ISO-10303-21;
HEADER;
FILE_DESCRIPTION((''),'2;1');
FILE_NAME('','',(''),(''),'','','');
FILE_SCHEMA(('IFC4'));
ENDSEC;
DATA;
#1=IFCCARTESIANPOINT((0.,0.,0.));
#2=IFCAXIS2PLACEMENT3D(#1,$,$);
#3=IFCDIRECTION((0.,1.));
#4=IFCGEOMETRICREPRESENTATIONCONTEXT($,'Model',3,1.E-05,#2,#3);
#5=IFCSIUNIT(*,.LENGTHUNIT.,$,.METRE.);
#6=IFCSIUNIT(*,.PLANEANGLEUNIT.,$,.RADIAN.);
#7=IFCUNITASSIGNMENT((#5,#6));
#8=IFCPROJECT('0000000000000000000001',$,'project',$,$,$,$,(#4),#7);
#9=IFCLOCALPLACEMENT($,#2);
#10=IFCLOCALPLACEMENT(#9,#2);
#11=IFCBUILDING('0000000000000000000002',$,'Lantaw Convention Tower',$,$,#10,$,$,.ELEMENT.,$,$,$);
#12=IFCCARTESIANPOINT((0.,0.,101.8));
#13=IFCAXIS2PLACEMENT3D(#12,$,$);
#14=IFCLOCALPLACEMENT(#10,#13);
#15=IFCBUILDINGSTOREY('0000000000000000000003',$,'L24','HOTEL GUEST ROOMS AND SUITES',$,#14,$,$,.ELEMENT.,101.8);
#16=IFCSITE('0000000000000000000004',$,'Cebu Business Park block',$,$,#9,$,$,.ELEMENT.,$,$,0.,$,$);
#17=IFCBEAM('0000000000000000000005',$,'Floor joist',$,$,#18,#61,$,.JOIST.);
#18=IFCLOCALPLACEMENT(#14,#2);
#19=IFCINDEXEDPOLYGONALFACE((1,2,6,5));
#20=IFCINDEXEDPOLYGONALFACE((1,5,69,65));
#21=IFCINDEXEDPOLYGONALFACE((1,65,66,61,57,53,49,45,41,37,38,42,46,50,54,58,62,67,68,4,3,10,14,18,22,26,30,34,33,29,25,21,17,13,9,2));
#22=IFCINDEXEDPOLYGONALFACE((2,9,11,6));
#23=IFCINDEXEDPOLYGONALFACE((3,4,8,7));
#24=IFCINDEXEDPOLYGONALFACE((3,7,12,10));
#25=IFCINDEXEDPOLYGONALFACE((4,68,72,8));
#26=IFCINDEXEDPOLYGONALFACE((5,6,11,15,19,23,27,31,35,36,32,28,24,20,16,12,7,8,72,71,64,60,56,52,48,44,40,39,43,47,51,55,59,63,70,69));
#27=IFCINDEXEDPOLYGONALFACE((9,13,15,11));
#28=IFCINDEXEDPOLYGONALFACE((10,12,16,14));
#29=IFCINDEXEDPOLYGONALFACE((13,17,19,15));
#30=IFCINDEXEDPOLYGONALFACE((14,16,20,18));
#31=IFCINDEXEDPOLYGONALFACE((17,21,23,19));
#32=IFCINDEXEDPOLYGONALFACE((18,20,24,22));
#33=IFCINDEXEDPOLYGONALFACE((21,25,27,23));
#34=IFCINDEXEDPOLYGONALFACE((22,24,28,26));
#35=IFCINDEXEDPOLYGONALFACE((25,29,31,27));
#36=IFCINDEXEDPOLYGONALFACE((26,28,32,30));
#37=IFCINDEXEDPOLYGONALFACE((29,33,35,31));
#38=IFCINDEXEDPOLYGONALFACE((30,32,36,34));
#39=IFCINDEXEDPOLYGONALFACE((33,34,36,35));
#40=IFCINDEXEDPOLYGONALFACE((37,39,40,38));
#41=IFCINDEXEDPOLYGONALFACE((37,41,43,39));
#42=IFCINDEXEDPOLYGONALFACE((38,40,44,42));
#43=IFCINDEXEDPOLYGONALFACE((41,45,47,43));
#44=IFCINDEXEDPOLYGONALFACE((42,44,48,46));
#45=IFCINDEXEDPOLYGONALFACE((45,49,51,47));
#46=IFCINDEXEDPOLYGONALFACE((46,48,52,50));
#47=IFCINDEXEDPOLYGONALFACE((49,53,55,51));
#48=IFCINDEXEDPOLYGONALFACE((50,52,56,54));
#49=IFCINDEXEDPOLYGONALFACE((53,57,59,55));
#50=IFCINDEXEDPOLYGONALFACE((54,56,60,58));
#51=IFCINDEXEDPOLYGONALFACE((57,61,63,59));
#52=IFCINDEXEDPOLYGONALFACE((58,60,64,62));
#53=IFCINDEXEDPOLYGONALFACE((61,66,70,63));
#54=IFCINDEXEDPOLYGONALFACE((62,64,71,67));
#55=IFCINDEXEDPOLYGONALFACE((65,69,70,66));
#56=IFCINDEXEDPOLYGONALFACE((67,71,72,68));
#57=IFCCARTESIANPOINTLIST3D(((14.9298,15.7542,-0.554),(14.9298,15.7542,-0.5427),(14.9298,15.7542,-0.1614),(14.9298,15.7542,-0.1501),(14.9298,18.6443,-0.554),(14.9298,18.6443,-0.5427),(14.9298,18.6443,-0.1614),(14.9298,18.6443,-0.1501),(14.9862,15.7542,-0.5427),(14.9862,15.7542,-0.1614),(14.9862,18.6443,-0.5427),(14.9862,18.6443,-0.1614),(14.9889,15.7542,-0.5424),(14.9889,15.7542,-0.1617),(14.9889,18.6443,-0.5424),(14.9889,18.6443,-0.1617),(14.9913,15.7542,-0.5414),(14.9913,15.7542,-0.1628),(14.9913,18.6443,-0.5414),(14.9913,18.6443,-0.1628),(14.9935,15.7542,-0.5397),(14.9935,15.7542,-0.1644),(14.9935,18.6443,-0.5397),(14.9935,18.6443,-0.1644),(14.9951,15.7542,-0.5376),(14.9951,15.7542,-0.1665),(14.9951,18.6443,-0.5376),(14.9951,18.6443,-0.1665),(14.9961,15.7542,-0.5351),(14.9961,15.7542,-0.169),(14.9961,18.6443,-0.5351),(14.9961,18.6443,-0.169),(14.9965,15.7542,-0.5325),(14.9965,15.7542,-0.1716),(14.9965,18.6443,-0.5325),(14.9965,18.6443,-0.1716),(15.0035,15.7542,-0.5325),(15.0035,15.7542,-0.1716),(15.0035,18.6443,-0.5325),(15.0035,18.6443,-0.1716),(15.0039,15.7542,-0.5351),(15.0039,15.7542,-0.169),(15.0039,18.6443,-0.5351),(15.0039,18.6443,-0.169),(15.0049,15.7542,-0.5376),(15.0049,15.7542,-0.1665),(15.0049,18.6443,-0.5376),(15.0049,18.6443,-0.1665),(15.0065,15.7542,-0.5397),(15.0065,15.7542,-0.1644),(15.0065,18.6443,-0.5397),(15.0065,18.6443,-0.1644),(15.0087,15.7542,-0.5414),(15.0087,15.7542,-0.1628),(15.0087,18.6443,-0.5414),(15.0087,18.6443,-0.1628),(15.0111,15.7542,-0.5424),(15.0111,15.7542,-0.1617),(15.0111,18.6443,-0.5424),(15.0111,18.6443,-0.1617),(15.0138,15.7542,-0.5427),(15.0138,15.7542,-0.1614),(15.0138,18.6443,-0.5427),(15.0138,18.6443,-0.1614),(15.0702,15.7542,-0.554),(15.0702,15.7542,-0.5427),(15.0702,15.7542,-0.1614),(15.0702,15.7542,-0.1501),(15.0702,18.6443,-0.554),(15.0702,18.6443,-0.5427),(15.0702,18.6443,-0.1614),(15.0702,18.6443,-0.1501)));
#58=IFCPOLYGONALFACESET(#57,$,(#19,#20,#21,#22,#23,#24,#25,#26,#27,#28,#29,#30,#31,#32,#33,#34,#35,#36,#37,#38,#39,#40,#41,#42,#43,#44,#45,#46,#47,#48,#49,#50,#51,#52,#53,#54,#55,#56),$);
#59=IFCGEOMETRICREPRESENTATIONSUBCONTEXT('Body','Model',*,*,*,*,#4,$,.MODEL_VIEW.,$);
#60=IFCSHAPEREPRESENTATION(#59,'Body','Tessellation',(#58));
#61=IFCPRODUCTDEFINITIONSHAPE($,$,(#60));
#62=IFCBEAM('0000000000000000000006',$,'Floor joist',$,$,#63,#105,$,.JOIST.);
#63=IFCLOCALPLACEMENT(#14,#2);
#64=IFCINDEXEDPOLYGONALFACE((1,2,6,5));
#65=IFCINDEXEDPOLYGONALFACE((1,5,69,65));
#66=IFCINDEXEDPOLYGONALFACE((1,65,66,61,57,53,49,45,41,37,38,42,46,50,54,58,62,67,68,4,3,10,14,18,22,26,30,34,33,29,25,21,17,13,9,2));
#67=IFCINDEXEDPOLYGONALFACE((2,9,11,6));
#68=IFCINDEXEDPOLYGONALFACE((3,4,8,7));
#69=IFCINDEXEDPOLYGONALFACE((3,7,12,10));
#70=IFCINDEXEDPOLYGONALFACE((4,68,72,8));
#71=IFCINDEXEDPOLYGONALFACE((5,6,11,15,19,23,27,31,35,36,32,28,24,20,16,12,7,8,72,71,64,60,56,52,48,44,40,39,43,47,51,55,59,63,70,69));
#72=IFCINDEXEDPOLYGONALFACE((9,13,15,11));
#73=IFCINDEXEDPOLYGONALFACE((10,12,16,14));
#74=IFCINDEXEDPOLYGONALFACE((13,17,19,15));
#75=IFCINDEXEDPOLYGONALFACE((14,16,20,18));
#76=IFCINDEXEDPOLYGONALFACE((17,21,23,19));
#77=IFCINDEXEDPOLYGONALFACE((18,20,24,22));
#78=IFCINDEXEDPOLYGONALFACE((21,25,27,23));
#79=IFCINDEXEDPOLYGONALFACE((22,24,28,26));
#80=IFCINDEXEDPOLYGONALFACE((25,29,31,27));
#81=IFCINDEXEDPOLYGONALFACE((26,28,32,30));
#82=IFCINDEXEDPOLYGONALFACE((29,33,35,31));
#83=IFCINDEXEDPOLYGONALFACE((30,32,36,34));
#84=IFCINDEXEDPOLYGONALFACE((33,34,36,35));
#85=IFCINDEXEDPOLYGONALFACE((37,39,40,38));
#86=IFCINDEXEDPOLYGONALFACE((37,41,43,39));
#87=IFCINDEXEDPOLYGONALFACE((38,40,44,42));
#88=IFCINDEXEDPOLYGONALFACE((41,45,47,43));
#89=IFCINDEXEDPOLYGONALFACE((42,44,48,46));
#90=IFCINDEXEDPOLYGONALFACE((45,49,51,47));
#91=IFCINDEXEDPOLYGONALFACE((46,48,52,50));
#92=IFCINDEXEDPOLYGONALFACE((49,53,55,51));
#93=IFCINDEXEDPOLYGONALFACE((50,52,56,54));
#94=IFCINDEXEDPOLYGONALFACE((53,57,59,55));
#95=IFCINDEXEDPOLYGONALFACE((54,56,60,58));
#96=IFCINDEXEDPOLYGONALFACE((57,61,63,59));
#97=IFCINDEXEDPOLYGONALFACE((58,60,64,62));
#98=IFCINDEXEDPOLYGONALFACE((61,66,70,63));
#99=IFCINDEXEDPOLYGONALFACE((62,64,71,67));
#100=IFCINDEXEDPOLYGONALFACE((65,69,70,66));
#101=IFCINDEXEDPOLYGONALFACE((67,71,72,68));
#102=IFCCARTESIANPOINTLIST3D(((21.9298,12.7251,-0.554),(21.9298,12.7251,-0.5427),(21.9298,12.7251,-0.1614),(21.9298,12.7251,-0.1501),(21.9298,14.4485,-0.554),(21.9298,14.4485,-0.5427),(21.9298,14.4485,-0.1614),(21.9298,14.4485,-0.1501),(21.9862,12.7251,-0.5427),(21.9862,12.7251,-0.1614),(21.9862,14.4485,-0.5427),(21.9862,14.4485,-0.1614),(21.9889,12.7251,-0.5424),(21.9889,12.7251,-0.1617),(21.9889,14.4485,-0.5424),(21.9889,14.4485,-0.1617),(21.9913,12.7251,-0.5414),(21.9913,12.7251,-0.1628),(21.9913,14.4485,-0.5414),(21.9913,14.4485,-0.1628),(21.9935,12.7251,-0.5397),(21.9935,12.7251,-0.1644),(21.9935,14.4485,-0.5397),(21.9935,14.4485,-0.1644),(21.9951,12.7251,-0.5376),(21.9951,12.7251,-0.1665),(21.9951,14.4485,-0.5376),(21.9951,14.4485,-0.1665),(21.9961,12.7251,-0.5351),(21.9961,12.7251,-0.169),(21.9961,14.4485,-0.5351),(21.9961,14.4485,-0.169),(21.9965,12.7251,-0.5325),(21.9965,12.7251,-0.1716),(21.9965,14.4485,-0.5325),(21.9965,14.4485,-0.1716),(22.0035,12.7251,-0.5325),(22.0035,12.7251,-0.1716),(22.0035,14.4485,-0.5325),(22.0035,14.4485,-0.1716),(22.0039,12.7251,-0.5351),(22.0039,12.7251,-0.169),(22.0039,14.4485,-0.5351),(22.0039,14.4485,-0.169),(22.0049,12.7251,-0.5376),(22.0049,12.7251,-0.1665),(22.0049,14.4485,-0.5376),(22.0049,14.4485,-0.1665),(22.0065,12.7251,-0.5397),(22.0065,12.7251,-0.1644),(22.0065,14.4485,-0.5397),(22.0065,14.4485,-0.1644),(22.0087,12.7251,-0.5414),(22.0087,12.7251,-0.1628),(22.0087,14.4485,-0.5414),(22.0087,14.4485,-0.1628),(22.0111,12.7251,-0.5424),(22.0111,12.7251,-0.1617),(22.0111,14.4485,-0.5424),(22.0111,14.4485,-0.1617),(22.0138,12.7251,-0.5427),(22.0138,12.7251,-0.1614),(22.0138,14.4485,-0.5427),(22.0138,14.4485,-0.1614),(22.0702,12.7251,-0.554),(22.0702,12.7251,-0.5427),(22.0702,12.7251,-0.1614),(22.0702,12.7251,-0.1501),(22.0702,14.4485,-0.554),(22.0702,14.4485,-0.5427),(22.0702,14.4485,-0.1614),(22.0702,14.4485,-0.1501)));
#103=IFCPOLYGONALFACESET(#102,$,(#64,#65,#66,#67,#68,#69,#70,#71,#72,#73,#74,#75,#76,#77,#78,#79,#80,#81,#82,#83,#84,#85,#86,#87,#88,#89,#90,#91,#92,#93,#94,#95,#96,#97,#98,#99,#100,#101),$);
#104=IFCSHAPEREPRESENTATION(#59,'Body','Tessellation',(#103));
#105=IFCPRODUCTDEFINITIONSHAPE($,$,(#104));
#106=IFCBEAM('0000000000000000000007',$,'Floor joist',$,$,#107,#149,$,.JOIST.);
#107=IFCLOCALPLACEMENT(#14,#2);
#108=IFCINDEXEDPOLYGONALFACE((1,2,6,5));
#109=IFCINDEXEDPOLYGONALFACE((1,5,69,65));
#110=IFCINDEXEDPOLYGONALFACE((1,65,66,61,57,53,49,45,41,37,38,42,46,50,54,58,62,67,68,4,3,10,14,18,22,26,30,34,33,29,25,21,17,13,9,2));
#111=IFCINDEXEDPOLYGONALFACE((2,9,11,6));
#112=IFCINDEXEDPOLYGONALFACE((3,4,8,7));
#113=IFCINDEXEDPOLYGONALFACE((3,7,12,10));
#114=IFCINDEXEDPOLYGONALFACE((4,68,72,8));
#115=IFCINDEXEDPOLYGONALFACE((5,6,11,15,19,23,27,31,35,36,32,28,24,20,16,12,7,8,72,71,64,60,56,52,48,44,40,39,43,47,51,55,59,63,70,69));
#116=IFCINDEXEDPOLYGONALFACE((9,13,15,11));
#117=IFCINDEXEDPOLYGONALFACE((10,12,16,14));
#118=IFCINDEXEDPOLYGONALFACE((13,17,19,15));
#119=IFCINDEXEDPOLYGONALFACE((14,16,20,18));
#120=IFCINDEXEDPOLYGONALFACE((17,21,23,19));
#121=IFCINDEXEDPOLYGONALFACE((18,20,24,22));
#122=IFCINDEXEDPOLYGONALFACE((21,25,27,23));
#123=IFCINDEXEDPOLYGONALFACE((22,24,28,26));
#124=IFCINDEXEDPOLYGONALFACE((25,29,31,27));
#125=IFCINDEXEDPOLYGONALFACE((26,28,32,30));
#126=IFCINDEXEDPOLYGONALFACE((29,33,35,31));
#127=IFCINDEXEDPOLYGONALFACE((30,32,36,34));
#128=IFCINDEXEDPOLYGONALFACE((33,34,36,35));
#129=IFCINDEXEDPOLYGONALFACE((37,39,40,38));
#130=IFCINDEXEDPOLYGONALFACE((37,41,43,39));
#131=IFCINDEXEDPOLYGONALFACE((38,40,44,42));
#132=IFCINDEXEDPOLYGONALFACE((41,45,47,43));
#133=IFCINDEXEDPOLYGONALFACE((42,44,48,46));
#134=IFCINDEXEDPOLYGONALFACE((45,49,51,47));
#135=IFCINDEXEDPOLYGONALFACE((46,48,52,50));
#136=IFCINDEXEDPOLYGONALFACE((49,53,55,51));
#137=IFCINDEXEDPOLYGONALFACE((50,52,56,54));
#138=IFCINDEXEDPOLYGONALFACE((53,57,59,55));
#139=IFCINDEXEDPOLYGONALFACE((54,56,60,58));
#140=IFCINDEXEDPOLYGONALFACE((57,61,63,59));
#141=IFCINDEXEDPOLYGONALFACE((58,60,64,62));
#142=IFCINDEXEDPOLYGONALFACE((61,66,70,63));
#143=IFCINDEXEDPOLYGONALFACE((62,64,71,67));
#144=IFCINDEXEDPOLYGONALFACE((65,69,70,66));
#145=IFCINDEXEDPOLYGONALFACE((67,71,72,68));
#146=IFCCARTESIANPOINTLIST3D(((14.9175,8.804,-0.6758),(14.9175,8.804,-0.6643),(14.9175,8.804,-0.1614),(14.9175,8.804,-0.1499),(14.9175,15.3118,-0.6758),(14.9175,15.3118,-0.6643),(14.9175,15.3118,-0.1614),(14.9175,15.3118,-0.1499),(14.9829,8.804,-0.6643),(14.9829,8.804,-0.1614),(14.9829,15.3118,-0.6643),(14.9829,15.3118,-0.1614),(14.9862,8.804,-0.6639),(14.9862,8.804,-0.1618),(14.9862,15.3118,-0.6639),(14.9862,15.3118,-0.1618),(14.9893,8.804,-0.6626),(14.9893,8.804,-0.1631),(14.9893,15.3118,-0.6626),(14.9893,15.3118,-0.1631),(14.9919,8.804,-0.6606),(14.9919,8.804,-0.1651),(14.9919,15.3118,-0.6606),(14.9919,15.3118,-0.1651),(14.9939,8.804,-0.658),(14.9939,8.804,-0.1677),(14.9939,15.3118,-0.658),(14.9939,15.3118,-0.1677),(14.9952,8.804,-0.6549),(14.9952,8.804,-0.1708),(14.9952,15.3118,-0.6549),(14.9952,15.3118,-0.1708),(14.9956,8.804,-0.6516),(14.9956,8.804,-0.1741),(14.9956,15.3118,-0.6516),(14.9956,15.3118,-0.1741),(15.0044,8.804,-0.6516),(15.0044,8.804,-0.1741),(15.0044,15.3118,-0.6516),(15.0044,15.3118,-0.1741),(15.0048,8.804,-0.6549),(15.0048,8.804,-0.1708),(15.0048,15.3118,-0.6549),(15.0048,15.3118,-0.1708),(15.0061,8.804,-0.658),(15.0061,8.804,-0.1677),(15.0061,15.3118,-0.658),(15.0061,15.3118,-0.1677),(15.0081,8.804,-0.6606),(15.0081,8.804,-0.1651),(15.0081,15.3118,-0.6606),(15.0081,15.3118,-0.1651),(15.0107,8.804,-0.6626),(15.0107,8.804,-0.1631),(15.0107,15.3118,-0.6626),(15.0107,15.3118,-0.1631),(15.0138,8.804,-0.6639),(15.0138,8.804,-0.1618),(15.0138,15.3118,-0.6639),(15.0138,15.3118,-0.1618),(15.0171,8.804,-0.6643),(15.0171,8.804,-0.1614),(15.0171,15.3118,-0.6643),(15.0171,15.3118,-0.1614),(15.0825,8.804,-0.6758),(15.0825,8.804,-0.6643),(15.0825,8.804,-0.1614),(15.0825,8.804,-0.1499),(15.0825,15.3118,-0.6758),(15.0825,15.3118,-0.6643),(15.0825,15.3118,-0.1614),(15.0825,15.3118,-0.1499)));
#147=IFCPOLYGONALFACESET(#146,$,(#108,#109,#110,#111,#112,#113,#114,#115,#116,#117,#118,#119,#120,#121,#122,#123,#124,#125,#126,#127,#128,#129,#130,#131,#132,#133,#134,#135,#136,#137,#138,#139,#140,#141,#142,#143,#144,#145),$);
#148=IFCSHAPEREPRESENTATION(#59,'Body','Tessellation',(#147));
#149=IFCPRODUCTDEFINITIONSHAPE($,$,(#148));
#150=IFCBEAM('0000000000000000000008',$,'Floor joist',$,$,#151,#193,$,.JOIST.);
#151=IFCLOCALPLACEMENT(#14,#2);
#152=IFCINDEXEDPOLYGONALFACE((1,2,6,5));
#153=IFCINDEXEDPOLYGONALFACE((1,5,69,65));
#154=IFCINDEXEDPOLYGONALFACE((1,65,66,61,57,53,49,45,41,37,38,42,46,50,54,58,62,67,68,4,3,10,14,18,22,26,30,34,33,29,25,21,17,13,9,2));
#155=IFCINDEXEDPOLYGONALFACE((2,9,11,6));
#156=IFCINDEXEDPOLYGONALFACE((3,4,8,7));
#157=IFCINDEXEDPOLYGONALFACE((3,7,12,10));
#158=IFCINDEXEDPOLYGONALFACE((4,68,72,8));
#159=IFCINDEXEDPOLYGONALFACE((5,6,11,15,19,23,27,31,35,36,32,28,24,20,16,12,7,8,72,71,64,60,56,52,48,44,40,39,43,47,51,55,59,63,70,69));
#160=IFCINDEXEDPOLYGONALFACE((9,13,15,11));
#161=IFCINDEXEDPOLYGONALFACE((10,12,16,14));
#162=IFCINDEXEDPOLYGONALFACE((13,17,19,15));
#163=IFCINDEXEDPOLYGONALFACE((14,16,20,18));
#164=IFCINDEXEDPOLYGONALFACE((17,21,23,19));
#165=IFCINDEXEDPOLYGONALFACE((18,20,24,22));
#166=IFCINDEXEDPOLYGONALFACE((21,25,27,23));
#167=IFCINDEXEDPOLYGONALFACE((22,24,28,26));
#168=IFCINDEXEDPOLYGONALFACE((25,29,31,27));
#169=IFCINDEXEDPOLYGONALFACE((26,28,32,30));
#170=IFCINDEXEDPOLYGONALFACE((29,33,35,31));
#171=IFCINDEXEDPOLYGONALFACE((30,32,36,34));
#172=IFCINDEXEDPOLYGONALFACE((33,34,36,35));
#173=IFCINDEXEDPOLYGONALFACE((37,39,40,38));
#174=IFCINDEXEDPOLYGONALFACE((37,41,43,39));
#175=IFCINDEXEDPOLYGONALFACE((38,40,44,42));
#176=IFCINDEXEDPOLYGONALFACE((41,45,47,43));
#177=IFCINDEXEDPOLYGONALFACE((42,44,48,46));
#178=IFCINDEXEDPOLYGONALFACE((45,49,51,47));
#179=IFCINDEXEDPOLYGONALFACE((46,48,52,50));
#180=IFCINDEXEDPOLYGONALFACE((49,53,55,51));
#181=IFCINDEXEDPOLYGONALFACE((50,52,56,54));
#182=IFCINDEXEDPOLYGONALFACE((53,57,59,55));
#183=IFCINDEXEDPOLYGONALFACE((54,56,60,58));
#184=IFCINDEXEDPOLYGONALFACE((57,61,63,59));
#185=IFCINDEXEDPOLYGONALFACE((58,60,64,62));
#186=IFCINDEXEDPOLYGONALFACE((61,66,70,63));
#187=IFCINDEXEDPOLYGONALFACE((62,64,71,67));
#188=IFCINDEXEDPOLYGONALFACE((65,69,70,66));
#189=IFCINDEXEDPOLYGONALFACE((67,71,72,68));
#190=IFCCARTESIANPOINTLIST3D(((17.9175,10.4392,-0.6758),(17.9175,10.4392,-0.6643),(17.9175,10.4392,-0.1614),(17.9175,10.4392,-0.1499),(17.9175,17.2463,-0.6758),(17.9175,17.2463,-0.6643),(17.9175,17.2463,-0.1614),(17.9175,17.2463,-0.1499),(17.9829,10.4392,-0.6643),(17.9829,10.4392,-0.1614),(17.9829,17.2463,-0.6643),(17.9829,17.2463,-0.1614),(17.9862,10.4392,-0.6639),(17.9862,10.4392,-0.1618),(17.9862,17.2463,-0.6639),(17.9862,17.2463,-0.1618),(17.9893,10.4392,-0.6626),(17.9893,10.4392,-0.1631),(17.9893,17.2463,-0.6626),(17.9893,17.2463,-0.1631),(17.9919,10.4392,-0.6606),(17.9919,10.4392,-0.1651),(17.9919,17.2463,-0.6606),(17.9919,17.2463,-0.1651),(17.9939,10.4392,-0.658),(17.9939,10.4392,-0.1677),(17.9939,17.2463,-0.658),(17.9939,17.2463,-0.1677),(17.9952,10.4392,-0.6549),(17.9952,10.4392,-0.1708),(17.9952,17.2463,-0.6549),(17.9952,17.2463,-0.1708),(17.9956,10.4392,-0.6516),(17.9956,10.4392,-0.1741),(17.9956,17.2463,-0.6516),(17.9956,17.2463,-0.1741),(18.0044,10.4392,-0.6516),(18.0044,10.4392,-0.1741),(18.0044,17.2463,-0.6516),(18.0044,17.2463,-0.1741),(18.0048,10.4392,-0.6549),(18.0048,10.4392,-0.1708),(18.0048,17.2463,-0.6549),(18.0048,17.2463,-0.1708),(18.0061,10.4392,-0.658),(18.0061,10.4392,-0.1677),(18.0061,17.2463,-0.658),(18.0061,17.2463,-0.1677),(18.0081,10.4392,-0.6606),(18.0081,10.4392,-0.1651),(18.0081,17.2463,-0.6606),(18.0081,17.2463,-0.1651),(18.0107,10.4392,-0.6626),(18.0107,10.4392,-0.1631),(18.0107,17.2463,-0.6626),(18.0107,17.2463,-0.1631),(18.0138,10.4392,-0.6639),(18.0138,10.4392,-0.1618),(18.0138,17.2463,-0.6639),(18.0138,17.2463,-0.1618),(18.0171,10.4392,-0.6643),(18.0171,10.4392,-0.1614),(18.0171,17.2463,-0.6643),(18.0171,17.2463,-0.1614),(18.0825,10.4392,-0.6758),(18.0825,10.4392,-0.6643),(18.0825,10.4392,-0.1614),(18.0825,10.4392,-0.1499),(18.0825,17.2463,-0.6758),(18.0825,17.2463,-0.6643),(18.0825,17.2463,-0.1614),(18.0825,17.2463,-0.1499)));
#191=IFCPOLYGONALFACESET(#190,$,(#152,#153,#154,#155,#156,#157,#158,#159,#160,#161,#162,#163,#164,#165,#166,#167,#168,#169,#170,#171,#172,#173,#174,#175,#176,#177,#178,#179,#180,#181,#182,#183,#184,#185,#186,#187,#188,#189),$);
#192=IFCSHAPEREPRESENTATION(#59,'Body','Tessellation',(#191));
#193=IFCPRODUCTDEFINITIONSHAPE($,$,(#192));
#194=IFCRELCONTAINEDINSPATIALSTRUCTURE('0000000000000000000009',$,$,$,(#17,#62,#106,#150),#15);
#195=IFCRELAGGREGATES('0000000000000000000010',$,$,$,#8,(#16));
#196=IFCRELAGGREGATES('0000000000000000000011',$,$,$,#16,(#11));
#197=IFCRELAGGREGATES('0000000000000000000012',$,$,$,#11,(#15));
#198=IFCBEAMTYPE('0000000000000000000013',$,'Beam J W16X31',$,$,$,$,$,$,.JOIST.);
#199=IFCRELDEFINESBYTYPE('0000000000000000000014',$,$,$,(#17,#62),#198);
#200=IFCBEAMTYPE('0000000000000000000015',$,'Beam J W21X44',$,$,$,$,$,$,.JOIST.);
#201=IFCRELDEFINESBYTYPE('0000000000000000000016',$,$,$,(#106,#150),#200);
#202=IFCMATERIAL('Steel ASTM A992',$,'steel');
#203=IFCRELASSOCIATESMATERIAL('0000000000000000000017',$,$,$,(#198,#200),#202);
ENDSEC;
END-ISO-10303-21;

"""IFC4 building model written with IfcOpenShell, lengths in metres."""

from ifc_helpers import new_model, si_unit, direction, frame, origin, origin_2d, place, context, subcontext, project, spatial, i_section, extrude, material, material_profile, profile_set, type_object, element, save


model = new_model("IFC4")

# Units and contexts
model_context = context("Model", 3, precision=1e-05, world=origin(), true_north=direction((0.0, 1.0)))
body_context = subcontext(model_context, "Body", "Model", "MODEL_VIEW")
ifc_project = project(units=[si_unit("LENGTHUNIT", "METRE"), si_unit("PLANEANGLEUNIT", "RADIAN")], contexts=[model_context])

# Site, building, storey
site_placement = place(None, origin())
site = spatial("IfcSite", under=ifc_project, at=site_placement, Name="Cebu Business Park block", CompositionType="ELEMENT", RefElevation=0.0)
building_placement = place(site_placement, origin())
building = spatial("IfcBuilding", under=site, at=building_placement, Name="Lantaw Convention Tower", CompositionType="ELEMENT")
storey_placement = place(building_placement, frame((0.0, 0.0, 101.8)))
storey = spatial("IfcBuildingStorey", under=building, at=storey_placement, Name="L24", Description="HOTEL GUEST ROOMS AND SUITES", CompositionType="ELEMENT", Elevation=101.8)

# Beams
ifc_material_1 = material(Name="Steel ASTM A992", Category="steel")
ifc_material_profile_1 = material_profile(ifc_material_1, i_section(OverallWidth=0.1404, OverallDepth=0.4038, WebThickness=0.0071, FlangeThickness=0.0112, FilletRadius=0.0103, at=origin_2d()), Name="W16X31")
ifc_profile_set_1 = profile_set([ifc_material_profile_1], Name="Steel ASTM A992")
beam_type_1 = type_object("IfcBeamType", Name="Beam J W16X31", PredefinedType="JOIST", material=ifc_profile_set_1)
beam_1_placement = place(storey_placement, frame((15.0, 15.7542, -0.3521), z_axis=(0.0, 1.0, 0.0), x_axis=(-1.0, 0.0, 0.0)))
element("IfcBeam", 1, at=beam_1_placement, inside=storey, type_object=beam_type_1, Name="Floor joist", PredefinedType="JOIST", context=body_context, shape_type="SweptSolid", body=[
    extrude(i_section(OverallWidth=0.1404, OverallDepth=0.4038, WebThickness=0.0071, FlangeThickness=0.0112, FilletRadius=0.0103, at=origin_2d()), origin(), (0.0, 0.0, 1.0), 2.8901),
])
beam_2_placement = place(storey_placement, frame((22.0, 12.7251, -0.3521), z_axis=(0.0, 1.0, 0.0), x_axis=(-1.0, 0.0, 0.0)))
element("IfcBeam", 2, at=beam_2_placement, inside=storey, type_object=beam_type_1, Name="Floor joist", PredefinedType="JOIST", context=body_context, shape_type="SweptSolid", body=[
    extrude(i_section(OverallWidth=0.1404, OverallDepth=0.4038, WebThickness=0.0071, FlangeThickness=0.0112, FilletRadius=0.0103, at=origin_2d()), origin(), (0.0, 0.0, 1.0), 1.7234),
])
ifc_material_profile_2 = material_profile(ifc_material_1, i_section(OverallWidth=0.165, OverallDepth=0.5259, WebThickness=0.0088, FlangeThickness=0.0115, FilletRadius=0.0127, at=origin_2d()), Name="W21X44")
ifc_profile_set_2 = profile_set([ifc_material_profile_2], Name="Steel ASTM A992")
beam_type_2 = type_object("IfcBeamType", Name="Beam J W21X44", PredefinedType="JOIST", material=ifc_profile_set_2)
beam_3_placement = place(storey_placement, frame((15.0, 8.804, -0.4128), z_axis=(0.0, 1.0, 0.0), x_axis=(-1.0, 0.0, 0.0)))
element("IfcBeam", 3, at=beam_3_placement, inside=storey, type_object=beam_type_2, Name="Floor joist", PredefinedType="JOIST", context=body_context, shape_type="SweptSolid", body=[
    extrude(i_section(OverallWidth=0.165, OverallDepth=0.5259, WebThickness=0.0088, FlangeThickness=0.0115, FilletRadius=0.0127, at=origin_2d()), origin(), (0.0, 0.0, 1.0), 6.5078),
])
beam_4_placement = place(storey_placement, frame((18.0, 10.4392, -0.4128), z_axis=(0.0, 1.0, 0.0), x_axis=(-1.0, 0.0, 0.0)))
element("IfcBeam", 4, at=beam_4_placement, inside=storey, type_object=beam_type_2, Name="Floor joist", PredefinedType="JOIST", context=body_context, shape_type="SweptSolid", body=[
    extrude(i_section(OverallWidth=0.165, OverallDepth=0.5259, WebThickness=0.0088, FlangeThickness=0.0115, FilletRadius=0.0127, at=origin_2d()), origin(), (0.0, 0.0, 1.0), 6.8071),
])

save(model, "model.ifc")
